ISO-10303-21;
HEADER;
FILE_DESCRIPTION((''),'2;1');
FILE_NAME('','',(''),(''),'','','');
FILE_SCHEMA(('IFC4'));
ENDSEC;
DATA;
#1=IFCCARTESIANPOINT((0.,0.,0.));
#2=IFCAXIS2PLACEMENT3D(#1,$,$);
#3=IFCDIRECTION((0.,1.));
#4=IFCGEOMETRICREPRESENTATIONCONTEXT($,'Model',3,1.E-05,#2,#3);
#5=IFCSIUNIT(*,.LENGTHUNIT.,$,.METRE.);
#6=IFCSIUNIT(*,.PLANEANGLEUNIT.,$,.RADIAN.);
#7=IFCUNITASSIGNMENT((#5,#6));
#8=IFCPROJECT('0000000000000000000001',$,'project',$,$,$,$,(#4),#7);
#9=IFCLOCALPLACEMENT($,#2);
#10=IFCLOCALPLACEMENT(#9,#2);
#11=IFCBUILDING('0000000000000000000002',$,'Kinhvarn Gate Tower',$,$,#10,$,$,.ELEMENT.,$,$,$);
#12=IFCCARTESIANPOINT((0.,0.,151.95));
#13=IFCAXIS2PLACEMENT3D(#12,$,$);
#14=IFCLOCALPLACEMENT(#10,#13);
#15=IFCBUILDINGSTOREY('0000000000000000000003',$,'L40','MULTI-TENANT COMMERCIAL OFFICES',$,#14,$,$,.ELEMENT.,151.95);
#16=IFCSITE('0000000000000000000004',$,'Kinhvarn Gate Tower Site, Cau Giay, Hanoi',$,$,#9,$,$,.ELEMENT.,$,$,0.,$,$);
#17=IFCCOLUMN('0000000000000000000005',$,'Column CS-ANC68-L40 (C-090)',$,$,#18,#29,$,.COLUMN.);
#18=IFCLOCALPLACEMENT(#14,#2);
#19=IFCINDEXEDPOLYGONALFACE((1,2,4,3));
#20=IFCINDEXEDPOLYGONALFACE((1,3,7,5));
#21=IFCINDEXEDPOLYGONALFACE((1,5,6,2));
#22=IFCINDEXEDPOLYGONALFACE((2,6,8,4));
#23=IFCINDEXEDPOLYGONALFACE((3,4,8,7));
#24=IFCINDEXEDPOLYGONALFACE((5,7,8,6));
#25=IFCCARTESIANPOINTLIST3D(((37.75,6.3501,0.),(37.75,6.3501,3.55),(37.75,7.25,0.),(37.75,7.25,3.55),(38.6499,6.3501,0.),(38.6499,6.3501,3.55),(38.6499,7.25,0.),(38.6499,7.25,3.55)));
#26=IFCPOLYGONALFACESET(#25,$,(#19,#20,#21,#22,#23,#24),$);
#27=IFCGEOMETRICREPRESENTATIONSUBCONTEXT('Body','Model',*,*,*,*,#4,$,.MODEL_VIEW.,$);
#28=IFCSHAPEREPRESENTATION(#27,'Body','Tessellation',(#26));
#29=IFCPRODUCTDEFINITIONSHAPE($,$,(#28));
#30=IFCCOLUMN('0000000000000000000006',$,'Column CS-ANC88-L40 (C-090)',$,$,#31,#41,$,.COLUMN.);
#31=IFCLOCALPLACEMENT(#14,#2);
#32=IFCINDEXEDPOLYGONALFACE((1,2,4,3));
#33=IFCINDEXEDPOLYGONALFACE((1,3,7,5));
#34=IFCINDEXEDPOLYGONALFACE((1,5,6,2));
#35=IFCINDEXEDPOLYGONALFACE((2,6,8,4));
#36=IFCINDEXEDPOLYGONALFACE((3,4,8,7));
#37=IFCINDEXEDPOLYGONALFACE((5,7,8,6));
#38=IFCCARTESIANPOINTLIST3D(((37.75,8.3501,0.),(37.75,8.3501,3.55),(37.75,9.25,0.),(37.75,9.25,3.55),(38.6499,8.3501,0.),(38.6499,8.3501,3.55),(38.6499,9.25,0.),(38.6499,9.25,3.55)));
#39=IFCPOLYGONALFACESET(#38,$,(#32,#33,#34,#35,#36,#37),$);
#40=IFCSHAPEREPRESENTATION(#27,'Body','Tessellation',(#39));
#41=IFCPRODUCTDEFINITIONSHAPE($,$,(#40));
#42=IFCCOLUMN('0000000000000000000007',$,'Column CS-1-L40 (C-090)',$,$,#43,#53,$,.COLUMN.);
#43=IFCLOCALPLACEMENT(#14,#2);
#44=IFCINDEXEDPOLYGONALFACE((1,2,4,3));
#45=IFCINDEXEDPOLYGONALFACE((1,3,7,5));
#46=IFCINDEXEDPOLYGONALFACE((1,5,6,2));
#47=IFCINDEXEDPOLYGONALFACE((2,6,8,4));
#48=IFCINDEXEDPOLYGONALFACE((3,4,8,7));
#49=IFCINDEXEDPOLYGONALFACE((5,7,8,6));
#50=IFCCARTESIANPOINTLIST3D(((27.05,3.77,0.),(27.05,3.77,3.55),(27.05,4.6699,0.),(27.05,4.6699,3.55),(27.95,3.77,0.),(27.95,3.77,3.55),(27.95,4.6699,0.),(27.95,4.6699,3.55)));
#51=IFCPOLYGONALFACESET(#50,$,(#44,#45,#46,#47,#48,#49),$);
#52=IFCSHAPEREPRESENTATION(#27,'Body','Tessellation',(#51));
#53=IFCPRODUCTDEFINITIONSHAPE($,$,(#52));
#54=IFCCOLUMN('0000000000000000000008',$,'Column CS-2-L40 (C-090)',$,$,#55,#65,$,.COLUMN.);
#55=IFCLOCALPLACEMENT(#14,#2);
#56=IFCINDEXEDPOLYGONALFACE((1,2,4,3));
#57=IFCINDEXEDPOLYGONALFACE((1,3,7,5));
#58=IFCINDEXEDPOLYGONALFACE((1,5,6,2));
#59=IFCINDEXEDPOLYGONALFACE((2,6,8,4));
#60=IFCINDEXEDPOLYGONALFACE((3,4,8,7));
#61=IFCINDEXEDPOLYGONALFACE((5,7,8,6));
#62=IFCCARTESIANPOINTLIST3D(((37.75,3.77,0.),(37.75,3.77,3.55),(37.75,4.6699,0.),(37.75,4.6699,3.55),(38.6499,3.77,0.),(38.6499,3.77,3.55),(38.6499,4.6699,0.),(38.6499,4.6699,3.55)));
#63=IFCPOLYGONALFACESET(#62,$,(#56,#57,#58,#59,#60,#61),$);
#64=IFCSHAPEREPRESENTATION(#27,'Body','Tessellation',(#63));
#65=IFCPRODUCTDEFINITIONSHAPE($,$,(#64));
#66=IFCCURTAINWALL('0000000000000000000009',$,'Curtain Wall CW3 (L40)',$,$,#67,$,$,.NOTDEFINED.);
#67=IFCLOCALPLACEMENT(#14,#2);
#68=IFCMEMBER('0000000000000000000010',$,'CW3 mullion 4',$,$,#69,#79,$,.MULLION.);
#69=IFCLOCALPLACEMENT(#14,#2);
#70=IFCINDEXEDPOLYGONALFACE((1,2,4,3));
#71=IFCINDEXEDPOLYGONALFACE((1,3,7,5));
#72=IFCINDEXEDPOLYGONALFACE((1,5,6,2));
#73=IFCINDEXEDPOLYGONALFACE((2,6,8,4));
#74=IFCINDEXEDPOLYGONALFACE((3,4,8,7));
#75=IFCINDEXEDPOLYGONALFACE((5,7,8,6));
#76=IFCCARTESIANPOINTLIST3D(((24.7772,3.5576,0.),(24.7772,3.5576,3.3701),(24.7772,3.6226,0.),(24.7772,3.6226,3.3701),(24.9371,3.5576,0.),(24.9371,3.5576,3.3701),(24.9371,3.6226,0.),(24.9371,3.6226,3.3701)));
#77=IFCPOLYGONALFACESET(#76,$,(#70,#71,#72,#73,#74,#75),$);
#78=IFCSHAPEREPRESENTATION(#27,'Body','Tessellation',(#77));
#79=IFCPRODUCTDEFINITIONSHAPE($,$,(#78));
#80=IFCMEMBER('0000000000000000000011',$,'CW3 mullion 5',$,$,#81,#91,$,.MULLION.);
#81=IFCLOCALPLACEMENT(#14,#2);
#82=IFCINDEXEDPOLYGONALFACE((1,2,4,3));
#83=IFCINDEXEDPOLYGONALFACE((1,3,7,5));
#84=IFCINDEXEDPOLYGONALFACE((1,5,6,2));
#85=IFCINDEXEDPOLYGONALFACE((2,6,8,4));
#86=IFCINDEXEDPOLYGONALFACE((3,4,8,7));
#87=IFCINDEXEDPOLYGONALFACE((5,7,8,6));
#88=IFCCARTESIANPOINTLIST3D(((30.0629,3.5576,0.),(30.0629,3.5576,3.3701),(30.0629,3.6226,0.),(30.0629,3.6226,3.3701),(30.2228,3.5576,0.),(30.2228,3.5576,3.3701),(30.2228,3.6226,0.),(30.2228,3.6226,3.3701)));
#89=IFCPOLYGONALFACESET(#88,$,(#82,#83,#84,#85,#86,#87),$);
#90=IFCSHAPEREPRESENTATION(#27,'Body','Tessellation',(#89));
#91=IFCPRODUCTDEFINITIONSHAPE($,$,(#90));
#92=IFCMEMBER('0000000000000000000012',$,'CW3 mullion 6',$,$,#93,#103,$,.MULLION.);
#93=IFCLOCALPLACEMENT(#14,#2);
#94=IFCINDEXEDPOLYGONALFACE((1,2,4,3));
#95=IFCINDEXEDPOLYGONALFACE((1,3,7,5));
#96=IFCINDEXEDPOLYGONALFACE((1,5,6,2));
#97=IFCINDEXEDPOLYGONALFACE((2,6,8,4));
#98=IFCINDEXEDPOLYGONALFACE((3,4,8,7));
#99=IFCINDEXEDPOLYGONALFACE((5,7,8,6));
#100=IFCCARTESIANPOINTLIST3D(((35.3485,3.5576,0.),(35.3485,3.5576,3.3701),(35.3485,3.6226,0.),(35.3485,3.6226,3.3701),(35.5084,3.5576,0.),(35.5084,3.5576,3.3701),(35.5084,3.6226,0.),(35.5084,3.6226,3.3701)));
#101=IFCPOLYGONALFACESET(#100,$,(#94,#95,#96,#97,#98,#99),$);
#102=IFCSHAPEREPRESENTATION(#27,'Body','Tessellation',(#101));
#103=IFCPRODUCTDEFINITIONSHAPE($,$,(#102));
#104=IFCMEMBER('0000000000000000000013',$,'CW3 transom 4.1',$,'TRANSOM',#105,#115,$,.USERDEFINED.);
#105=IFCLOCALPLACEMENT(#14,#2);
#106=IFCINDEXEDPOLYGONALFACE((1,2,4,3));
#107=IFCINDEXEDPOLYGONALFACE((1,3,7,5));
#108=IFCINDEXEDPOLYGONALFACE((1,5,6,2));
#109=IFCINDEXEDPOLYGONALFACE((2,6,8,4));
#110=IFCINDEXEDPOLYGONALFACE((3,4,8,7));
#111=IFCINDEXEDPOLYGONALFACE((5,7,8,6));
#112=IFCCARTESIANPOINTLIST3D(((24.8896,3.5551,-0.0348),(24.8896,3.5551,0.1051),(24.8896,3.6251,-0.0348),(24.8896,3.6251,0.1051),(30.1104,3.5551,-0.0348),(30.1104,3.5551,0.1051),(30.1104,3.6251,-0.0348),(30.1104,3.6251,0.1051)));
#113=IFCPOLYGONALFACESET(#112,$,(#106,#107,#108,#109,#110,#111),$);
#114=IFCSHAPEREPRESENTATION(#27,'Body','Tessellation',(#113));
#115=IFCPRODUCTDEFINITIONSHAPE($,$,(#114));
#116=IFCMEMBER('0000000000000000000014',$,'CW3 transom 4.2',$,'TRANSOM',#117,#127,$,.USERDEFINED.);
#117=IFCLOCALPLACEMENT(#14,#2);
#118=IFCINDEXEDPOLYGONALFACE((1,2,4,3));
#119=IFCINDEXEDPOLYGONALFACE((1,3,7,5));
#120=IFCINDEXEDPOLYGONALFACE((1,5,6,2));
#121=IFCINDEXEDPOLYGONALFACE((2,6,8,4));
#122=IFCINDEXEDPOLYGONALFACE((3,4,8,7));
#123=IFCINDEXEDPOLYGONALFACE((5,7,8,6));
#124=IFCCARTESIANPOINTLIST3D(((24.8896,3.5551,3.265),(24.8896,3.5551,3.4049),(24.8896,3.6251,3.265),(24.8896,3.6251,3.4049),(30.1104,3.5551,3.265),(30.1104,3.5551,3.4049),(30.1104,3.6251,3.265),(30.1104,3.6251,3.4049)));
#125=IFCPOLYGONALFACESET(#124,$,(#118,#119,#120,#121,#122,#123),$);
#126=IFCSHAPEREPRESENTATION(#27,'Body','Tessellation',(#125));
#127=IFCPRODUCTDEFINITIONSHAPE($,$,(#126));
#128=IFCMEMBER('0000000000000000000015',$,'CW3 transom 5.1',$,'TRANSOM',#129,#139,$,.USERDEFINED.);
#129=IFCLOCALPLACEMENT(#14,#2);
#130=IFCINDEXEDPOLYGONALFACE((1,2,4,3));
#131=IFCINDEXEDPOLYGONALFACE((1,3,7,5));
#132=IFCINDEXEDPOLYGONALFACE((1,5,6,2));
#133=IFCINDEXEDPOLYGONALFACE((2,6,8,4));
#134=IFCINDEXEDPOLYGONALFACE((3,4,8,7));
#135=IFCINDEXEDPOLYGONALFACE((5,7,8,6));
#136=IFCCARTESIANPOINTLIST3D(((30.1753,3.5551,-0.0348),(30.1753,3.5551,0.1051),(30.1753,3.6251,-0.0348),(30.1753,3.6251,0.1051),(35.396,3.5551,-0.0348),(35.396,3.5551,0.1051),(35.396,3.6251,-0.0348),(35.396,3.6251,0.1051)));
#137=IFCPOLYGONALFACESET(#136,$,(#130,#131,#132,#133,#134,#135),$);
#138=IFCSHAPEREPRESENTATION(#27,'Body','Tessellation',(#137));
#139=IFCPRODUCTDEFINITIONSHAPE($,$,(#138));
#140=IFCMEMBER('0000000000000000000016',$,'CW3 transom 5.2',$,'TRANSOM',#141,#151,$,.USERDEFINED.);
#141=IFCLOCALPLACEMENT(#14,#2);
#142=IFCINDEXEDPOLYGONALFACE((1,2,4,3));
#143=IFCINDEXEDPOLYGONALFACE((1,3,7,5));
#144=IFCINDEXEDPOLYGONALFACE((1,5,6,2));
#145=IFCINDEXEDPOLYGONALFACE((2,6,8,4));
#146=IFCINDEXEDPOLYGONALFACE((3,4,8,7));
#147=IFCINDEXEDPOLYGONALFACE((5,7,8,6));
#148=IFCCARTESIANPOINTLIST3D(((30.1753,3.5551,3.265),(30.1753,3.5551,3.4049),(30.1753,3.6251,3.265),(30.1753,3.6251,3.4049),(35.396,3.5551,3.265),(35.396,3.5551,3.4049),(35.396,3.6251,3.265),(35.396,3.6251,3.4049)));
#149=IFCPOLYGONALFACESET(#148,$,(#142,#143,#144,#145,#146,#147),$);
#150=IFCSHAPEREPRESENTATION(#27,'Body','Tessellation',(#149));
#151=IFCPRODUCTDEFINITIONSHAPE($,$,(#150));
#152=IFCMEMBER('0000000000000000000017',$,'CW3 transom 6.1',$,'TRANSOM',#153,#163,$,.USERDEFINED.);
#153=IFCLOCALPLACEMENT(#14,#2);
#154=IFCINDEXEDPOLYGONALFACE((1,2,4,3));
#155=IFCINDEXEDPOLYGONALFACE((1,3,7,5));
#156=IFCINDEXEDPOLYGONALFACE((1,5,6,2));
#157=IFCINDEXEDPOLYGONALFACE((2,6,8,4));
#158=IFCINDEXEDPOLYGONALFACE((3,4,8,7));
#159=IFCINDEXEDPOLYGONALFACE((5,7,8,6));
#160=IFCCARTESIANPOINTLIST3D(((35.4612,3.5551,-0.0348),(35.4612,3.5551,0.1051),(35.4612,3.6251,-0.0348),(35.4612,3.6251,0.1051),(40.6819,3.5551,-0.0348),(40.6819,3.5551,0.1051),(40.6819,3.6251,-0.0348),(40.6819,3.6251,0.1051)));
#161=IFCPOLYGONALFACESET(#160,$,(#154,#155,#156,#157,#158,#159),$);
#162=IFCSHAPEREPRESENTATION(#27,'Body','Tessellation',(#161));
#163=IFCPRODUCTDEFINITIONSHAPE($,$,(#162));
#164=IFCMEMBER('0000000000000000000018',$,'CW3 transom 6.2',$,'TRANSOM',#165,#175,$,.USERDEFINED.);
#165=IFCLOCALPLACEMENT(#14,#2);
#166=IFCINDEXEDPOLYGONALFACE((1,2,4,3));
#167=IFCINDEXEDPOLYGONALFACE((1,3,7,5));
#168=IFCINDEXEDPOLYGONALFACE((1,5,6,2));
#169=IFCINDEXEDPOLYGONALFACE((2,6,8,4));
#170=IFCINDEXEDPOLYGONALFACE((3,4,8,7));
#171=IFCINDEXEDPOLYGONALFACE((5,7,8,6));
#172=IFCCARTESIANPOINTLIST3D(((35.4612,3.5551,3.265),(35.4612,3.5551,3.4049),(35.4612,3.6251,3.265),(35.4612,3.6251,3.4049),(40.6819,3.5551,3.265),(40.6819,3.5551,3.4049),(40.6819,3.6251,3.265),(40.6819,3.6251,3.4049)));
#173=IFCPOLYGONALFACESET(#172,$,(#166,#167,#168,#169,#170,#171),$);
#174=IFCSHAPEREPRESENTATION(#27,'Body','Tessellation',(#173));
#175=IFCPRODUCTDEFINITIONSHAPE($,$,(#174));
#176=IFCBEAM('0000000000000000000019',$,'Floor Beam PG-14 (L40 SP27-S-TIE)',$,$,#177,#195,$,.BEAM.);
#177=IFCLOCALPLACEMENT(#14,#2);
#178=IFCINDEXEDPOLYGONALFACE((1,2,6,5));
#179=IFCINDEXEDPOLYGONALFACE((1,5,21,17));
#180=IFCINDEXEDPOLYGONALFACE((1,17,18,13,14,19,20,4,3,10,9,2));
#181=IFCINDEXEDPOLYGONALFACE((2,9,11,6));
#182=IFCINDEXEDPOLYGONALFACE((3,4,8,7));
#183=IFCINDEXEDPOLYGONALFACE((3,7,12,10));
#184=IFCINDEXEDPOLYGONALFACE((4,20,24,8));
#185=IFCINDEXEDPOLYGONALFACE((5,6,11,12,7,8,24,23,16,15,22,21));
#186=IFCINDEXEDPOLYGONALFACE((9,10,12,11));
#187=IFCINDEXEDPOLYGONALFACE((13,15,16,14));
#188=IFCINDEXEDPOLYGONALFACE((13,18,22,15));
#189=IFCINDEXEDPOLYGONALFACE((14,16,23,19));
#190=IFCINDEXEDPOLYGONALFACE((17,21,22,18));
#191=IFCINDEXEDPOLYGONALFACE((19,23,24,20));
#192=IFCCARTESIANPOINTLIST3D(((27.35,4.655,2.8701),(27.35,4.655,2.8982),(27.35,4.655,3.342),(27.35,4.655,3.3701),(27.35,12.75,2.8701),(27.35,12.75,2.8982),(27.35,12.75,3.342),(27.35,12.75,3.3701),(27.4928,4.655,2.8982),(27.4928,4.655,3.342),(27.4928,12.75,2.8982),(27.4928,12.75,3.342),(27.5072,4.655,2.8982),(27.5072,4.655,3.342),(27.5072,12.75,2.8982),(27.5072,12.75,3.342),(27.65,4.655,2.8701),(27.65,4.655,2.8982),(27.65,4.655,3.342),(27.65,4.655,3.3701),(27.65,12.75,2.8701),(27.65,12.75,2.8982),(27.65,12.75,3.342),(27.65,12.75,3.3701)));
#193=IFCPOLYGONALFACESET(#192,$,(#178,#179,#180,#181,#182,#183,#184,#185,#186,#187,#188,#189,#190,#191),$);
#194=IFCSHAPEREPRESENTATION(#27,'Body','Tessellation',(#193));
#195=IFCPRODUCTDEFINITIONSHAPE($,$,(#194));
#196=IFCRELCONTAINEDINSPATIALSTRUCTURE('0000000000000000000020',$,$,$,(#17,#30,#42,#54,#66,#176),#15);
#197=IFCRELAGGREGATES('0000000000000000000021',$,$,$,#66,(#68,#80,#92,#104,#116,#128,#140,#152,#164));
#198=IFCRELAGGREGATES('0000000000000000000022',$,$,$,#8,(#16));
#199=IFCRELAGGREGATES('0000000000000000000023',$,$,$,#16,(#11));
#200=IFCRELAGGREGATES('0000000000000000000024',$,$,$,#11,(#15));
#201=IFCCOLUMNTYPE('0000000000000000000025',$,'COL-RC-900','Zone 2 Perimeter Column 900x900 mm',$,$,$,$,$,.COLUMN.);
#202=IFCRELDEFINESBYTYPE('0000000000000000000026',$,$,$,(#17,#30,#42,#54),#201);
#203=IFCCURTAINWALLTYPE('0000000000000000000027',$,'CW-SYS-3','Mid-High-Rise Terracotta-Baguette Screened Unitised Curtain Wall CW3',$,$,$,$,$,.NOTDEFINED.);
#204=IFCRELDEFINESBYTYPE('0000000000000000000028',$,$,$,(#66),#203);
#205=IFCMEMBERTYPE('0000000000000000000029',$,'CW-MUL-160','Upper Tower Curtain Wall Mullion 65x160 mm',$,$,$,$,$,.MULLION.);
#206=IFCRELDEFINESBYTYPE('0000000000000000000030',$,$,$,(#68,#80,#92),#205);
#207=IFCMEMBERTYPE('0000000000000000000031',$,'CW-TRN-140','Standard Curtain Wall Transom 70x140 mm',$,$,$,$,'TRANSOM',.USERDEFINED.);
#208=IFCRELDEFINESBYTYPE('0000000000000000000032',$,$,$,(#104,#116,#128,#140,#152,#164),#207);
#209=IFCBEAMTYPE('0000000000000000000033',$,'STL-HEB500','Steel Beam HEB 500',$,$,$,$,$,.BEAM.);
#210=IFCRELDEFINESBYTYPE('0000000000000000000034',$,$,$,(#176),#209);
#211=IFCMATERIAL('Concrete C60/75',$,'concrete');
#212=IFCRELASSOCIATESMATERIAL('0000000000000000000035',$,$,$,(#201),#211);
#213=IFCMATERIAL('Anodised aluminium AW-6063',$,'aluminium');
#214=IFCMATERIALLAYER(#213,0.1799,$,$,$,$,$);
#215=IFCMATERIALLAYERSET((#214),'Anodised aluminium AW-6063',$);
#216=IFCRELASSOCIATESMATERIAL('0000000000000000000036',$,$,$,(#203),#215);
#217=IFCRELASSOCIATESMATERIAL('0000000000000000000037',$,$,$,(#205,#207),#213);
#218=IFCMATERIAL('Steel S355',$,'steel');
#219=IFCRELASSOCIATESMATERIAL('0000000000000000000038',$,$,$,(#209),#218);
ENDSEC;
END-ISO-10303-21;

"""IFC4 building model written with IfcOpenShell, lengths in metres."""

from ifc_helpers import new_model, si_unit, direction, frame, origin, origin_2d, place, context, subcontext, project, spatial, rectangle, i_section, extrude, material, layer, layer_set, material_profile, profile_set, type_object, element, aggregate, save


model = new_model("IFC4")

# Units and contexts
model_context = context("Model", 3, precision=1e-05, world=origin(), true_north=direction((0.0, 1.0)))
body_context = subcontext(model_context, "Body", "Model", "MODEL_VIEW")
ifc_project = project(units=[si_unit("LENGTHUNIT", "METRE"), si_unit("PLANEANGLEUNIT", "RADIAN")], contexts=[model_context])

# Site, building, storey
site_placement = place(None, origin())
site = spatial("IfcSite", under=ifc_project, at=site_placement, Name="Kinhvarn Gate Tower Site, Cau Giay, Hanoi", CompositionType="ELEMENT", RefElevation=0.0)
building_placement = place(site_placement, origin())
building = spatial("IfcBuilding", under=site, at=building_placement, Name="Kinhvarn Gate Tower", CompositionType="ELEMENT")
storey_placement = place(building_placement, frame((0.0, 0.0, 151.95)))
storey = spatial("IfcBuildingStorey", under=building, at=storey_placement, Name="L40", Description="MULTI-TENANT COMMERCIAL OFFICES", CompositionType="ELEMENT", Elevation=151.95)

# Columns
ifc_material_1 = material(Name="Concrete C60/75", Category="concrete")
ifc_material_profile_1 = material_profile(ifc_material_1, rectangle(XDim=0.8999, YDim=0.8999, at=origin_2d()), Name="RC 900x900")
ifc_profile_set_1 = profile_set([ifc_material_profile_1], Name="Concrete C60/75")
column_type = type_object("IfcColumnType", Name="COL-RC-900", Description="Zone 2 Perimeter Column 900x900 mm", PredefinedType="COLUMN", material=ifc_profile_set_1)
for number, where, z_axis, x_axis, name in (
    (1, (38.2, 6.8, 0.0), (0.0, 0.0, 1.0), (1.0, 0.0, 0.0), "Column CS-ANC68-L40 (C-090)"),
    (2, (38.2, 8.8, 0.0), (0.0, 0.0, 1.0), (1.0, 0.0, 0.0), "Column CS-ANC88-L40 (C-090)"),
    (3, (27.5, 4.22, 0.0), (0.0, 0.0, 1.0), (1.0, 0.0, 0.0), "Column CS-1-L40 (C-090)"),
    (4, (38.2, 4.22, 0.0), (0.0, 0.0, 1.0), (1.0, 0.0, 0.0), "Column CS-2-L40 (C-090)"),
):
    element("IfcColumn", number, at=place(storey_placement, frame(where, z_axis=z_axis, x_axis=x_axis)), inside=storey, type_object=column_type, Name=name, PredefinedType="COLUMN", context=body_context, shape_type="SweptSolid", body=[
        extrude(rectangle(XDim=0.8999, YDim=0.8999, at=origin_2d()), origin(), (0.0, 0.0, 1.0), 3.55),
    ])

# Curtain wall, members
ifc_material_2 = material(Name="Anodised aluminium AW-6063", Category="aluminium")
ifc_layer_1 = layer(ifc_material_2, 0.1799)
ifc_layer_set_1 = layer_set([ifc_layer_1], Name="Anodised aluminium AW-6063")
curtain_wall_type = type_object("IfcCurtainWallType", Name="CW-SYS-3", Description="Mid-High-Rise Terracotta-Baguette Screened Unitised Curtain Wall CW3", PredefinedType="NOTDEFINED", material=ifc_layer_set_1)
curtain_wall_placement = place(storey_placement, origin())
curtain_wall = element("IfcCurtainWall", 5, at=curtain_wall_placement, inside=storey, type_object=curtain_wall_type, Name="Curtain Wall CW3 (L40)", PredefinedType="NOTDEFINED")
ifc_material_profile_2 = material_profile(ifc_material_2, rectangle(XDim=0.0649, YDim=0.1599, at=origin_2d()), Name="ALU 65x160")
ifc_profile_set_2 = profile_set([ifc_material_profile_2], Name="Anodised aluminium AW-6063")
member_type_1 = type_object("IfcMemberType", Name="CW-MUL-160", Description="Upper Tower Curtain Wall Mullion 65x160 mm", PredefinedType="MULLION", material=ifc_profile_set_2)
member_1_placement = place(storey_placement, frame((24.8572, 3.5901, 0.0), z_axis=(0.0, 0.0, 1.0), x_axis=(0.0, 1.0, 0.0)))
member_1 = element("IfcMember", 6, at=member_1_placement, type_object=member_type_1, Name="CW3 mullion 4", PredefinedType="MULLION", context=body_context, shape_type="SweptSolid", body=[
    extrude(rectangle(XDim=0.0649, YDim=0.1599, at=origin_2d()), origin(), (0.0, 0.0, 1.0), 3.3701),
])
member_2_placement = place(storey_placement, frame((30.1428, 3.5901, 0.0), z_axis=(0.0, 0.0, 1.0), x_axis=(0.0, 1.0, 0.0)))
member_2 = element("IfcMember", 7, at=member_2_placement, type_object=member_type_1, Name="CW3 mullion 5", PredefinedType="MULLION", context=body_context, shape_type="SweptSolid", body=[
    extrude(rectangle(XDim=0.0649, YDim=0.1599, at=origin_2d()), origin(), (0.0, 0.0, 1.0), 3.3701),
])
member_3_placement = place(storey_placement, frame((35.4285, 3.5901, 0.0), z_axis=(0.0, 0.0, 1.0), x_axis=(0.0, 1.0, 0.0)))
member_3 = element("IfcMember", 8, at=member_3_placement, type_object=member_type_1, Name="CW3 mullion 6", PredefinedType="MULLION", context=body_context, shape_type="SweptSolid", body=[
    extrude(rectangle(XDim=0.0649, YDim=0.1599, at=origin_2d()), origin(), (0.0, 0.0, 1.0), 3.3701),
])
ifc_material_profile_3 = material_profile(ifc_material_2, rectangle(XDim=0.0701, YDim=0.1399, at=origin_2d()), Name="ALU 70x140")
ifc_profile_set_3 = profile_set([ifc_material_profile_3], Name="Anodised aluminium AW-6063")
member_type_2 = type_object("IfcMemberType", Name="CW-TRN-140", Description="Standard Curtain Wall Transom 70x140 mm", ElementType="TRANSOM", PredefinedType="USERDEFINED", material=ifc_profile_set_3)
member_4_placement = place(storey_placement, frame((24.8896, 3.5901, 0.0352), z_axis=(1.0, 0.0, 0.0), x_axis=(0.0, 1.0, 0.0)))
member_4 = element("IfcMember", 9, at=member_4_placement, type_object=member_type_2, Name="CW3 transom 4.1", ObjectType="TRANSOM", PredefinedType="USERDEFINED", context=body_context, shape_type="SweptSolid", body=[
    extrude(rectangle(XDim=0.0701, YDim=0.1399, at=origin_2d()), origin(), (0.0, 0.0, 1.0), 5.2207),
])
member_5_placement = place(storey_placement, frame((24.8896, 3.5901, 3.335), z_axis=(1.0, 0.0, 0.0), x_axis=(0.0, 1.0, 0.0)))
member_5 = element("IfcMember", 10, at=member_5_placement, type_object=member_type_2, Name="CW3 transom 4.2", ObjectType="TRANSOM", PredefinedType="USERDEFINED", context=body_context, shape_type="SweptSolid", body=[
    extrude(rectangle(XDim=0.0701, YDim=0.1399, at=origin_2d()), origin(), (0.0, 0.0, 1.0), 5.2207),
])
member_6_placement = place(storey_placement, frame((30.1753, 3.5901, 0.0352), z_axis=(1.0, 0.0, 0.0), x_axis=(0.0, 1.0, 0.0)))
member_6 = element("IfcMember", 11, at=member_6_placement, type_object=member_type_2, Name="CW3 transom 5.1", ObjectType="TRANSOM", PredefinedType="USERDEFINED", context=body_context, shape_type="SweptSolid", body=[
    extrude(rectangle(XDim=0.0701, YDim=0.1399, at=origin_2d()), origin(), (0.0, 0.0, 1.0), 5.2207),
])
member_7_placement = place(storey_placement, frame((30.1753, 3.5901, 3.335), z_axis=(1.0, 0.0, 0.0), x_axis=(0.0, 1.0, 0.0)))
member_7 = element("IfcMember", 12, at=member_7_placement, type_object=member_type_2, Name="CW3 transom 5.2", ObjectType="TRANSOM", PredefinedType="USERDEFINED", context=body_context, shape_type="SweptSolid", body=[
    extrude(rectangle(XDim=0.0701, YDim=0.1399, at=origin_2d()), origin(), (0.0, 0.0, 1.0), 5.2207),
])
member_8_placement = place(storey_placement, frame((35.4612, 3.5901, 0.0352), z_axis=(1.0, 0.0, 0.0), x_axis=(0.0, 1.0, 0.0)))
member_8 = element("IfcMember", 13, at=member_8_placement, type_object=member_type_2, Name="CW3 transom 6.1", ObjectType="TRANSOM", PredefinedType="USERDEFINED", context=body_context, shape_type="SweptSolid", body=[
    extrude(rectangle(XDim=0.0701, YDim=0.1399, at=origin_2d()), origin(), (0.0, 0.0, 1.0), 5.2207),
])
member_9_placement = place(storey_placement, frame((35.4612, 3.5901, 3.335), z_axis=(1.0, 0.0, 0.0), x_axis=(0.0, 1.0, 0.0)))
member_9 = element("IfcMember", 14, at=member_9_placement, type_object=member_type_2, Name="CW3 transom 6.2", ObjectType="TRANSOM", PredefinedType="USERDEFINED", context=body_context, shape_type="SweptSolid", body=[
    extrude(rectangle(XDim=0.0701, YDim=0.1399, at=origin_2d()), origin(), (0.0, 0.0, 1.0), 5.2207),
])

# Beam
ifc_material_3 = material(Name="Steel S355", Category="steel")
ifc_material_profile_4 = material_profile(ifc_material_3, i_section(OverallWidth=0.3, OverallDepth=0.5, WebThickness=0.0144, FlangeThickness=0.0281, at=origin_2d()), Name="HEB 500")
ifc_profile_set_4 = profile_set([ifc_material_profile_4], Name="Steel S355")
beam_type_1 = type_object("IfcBeamType", Name="STL-HEB500", Description="Steel Beam HEB 500", PredefinedType="BEAM", material=ifc_profile_set_4)
beam_1_placement = place(storey_placement, frame((27.5, 4.655, 3.1201), z_axis=(0.0, 1.0, 0.0), x_axis=(-1.0, 0.0, 0.0)))
element("IfcBeam", 15, at=beam_1_placement, inside=storey, type_object=beam_type_1, Name="Floor Beam PG-14 (L40 SP27-S-TIE)", PredefinedType="BEAM", context=body_context, shape_type="SweptSolid", body=[
    extrude(i_section(OverallWidth=0.3, OverallDepth=0.5, WebThickness=0.0144, FlangeThickness=0.0281, at=origin_2d()), origin(), (0.0, 0.0, 1.0), 8.095),
])

aggregate(curtain_wall, [member_1, member_2, member_3, member_4, member_5, member_6, member_7, member_8, member_9])

save(model, "model.ifc")
